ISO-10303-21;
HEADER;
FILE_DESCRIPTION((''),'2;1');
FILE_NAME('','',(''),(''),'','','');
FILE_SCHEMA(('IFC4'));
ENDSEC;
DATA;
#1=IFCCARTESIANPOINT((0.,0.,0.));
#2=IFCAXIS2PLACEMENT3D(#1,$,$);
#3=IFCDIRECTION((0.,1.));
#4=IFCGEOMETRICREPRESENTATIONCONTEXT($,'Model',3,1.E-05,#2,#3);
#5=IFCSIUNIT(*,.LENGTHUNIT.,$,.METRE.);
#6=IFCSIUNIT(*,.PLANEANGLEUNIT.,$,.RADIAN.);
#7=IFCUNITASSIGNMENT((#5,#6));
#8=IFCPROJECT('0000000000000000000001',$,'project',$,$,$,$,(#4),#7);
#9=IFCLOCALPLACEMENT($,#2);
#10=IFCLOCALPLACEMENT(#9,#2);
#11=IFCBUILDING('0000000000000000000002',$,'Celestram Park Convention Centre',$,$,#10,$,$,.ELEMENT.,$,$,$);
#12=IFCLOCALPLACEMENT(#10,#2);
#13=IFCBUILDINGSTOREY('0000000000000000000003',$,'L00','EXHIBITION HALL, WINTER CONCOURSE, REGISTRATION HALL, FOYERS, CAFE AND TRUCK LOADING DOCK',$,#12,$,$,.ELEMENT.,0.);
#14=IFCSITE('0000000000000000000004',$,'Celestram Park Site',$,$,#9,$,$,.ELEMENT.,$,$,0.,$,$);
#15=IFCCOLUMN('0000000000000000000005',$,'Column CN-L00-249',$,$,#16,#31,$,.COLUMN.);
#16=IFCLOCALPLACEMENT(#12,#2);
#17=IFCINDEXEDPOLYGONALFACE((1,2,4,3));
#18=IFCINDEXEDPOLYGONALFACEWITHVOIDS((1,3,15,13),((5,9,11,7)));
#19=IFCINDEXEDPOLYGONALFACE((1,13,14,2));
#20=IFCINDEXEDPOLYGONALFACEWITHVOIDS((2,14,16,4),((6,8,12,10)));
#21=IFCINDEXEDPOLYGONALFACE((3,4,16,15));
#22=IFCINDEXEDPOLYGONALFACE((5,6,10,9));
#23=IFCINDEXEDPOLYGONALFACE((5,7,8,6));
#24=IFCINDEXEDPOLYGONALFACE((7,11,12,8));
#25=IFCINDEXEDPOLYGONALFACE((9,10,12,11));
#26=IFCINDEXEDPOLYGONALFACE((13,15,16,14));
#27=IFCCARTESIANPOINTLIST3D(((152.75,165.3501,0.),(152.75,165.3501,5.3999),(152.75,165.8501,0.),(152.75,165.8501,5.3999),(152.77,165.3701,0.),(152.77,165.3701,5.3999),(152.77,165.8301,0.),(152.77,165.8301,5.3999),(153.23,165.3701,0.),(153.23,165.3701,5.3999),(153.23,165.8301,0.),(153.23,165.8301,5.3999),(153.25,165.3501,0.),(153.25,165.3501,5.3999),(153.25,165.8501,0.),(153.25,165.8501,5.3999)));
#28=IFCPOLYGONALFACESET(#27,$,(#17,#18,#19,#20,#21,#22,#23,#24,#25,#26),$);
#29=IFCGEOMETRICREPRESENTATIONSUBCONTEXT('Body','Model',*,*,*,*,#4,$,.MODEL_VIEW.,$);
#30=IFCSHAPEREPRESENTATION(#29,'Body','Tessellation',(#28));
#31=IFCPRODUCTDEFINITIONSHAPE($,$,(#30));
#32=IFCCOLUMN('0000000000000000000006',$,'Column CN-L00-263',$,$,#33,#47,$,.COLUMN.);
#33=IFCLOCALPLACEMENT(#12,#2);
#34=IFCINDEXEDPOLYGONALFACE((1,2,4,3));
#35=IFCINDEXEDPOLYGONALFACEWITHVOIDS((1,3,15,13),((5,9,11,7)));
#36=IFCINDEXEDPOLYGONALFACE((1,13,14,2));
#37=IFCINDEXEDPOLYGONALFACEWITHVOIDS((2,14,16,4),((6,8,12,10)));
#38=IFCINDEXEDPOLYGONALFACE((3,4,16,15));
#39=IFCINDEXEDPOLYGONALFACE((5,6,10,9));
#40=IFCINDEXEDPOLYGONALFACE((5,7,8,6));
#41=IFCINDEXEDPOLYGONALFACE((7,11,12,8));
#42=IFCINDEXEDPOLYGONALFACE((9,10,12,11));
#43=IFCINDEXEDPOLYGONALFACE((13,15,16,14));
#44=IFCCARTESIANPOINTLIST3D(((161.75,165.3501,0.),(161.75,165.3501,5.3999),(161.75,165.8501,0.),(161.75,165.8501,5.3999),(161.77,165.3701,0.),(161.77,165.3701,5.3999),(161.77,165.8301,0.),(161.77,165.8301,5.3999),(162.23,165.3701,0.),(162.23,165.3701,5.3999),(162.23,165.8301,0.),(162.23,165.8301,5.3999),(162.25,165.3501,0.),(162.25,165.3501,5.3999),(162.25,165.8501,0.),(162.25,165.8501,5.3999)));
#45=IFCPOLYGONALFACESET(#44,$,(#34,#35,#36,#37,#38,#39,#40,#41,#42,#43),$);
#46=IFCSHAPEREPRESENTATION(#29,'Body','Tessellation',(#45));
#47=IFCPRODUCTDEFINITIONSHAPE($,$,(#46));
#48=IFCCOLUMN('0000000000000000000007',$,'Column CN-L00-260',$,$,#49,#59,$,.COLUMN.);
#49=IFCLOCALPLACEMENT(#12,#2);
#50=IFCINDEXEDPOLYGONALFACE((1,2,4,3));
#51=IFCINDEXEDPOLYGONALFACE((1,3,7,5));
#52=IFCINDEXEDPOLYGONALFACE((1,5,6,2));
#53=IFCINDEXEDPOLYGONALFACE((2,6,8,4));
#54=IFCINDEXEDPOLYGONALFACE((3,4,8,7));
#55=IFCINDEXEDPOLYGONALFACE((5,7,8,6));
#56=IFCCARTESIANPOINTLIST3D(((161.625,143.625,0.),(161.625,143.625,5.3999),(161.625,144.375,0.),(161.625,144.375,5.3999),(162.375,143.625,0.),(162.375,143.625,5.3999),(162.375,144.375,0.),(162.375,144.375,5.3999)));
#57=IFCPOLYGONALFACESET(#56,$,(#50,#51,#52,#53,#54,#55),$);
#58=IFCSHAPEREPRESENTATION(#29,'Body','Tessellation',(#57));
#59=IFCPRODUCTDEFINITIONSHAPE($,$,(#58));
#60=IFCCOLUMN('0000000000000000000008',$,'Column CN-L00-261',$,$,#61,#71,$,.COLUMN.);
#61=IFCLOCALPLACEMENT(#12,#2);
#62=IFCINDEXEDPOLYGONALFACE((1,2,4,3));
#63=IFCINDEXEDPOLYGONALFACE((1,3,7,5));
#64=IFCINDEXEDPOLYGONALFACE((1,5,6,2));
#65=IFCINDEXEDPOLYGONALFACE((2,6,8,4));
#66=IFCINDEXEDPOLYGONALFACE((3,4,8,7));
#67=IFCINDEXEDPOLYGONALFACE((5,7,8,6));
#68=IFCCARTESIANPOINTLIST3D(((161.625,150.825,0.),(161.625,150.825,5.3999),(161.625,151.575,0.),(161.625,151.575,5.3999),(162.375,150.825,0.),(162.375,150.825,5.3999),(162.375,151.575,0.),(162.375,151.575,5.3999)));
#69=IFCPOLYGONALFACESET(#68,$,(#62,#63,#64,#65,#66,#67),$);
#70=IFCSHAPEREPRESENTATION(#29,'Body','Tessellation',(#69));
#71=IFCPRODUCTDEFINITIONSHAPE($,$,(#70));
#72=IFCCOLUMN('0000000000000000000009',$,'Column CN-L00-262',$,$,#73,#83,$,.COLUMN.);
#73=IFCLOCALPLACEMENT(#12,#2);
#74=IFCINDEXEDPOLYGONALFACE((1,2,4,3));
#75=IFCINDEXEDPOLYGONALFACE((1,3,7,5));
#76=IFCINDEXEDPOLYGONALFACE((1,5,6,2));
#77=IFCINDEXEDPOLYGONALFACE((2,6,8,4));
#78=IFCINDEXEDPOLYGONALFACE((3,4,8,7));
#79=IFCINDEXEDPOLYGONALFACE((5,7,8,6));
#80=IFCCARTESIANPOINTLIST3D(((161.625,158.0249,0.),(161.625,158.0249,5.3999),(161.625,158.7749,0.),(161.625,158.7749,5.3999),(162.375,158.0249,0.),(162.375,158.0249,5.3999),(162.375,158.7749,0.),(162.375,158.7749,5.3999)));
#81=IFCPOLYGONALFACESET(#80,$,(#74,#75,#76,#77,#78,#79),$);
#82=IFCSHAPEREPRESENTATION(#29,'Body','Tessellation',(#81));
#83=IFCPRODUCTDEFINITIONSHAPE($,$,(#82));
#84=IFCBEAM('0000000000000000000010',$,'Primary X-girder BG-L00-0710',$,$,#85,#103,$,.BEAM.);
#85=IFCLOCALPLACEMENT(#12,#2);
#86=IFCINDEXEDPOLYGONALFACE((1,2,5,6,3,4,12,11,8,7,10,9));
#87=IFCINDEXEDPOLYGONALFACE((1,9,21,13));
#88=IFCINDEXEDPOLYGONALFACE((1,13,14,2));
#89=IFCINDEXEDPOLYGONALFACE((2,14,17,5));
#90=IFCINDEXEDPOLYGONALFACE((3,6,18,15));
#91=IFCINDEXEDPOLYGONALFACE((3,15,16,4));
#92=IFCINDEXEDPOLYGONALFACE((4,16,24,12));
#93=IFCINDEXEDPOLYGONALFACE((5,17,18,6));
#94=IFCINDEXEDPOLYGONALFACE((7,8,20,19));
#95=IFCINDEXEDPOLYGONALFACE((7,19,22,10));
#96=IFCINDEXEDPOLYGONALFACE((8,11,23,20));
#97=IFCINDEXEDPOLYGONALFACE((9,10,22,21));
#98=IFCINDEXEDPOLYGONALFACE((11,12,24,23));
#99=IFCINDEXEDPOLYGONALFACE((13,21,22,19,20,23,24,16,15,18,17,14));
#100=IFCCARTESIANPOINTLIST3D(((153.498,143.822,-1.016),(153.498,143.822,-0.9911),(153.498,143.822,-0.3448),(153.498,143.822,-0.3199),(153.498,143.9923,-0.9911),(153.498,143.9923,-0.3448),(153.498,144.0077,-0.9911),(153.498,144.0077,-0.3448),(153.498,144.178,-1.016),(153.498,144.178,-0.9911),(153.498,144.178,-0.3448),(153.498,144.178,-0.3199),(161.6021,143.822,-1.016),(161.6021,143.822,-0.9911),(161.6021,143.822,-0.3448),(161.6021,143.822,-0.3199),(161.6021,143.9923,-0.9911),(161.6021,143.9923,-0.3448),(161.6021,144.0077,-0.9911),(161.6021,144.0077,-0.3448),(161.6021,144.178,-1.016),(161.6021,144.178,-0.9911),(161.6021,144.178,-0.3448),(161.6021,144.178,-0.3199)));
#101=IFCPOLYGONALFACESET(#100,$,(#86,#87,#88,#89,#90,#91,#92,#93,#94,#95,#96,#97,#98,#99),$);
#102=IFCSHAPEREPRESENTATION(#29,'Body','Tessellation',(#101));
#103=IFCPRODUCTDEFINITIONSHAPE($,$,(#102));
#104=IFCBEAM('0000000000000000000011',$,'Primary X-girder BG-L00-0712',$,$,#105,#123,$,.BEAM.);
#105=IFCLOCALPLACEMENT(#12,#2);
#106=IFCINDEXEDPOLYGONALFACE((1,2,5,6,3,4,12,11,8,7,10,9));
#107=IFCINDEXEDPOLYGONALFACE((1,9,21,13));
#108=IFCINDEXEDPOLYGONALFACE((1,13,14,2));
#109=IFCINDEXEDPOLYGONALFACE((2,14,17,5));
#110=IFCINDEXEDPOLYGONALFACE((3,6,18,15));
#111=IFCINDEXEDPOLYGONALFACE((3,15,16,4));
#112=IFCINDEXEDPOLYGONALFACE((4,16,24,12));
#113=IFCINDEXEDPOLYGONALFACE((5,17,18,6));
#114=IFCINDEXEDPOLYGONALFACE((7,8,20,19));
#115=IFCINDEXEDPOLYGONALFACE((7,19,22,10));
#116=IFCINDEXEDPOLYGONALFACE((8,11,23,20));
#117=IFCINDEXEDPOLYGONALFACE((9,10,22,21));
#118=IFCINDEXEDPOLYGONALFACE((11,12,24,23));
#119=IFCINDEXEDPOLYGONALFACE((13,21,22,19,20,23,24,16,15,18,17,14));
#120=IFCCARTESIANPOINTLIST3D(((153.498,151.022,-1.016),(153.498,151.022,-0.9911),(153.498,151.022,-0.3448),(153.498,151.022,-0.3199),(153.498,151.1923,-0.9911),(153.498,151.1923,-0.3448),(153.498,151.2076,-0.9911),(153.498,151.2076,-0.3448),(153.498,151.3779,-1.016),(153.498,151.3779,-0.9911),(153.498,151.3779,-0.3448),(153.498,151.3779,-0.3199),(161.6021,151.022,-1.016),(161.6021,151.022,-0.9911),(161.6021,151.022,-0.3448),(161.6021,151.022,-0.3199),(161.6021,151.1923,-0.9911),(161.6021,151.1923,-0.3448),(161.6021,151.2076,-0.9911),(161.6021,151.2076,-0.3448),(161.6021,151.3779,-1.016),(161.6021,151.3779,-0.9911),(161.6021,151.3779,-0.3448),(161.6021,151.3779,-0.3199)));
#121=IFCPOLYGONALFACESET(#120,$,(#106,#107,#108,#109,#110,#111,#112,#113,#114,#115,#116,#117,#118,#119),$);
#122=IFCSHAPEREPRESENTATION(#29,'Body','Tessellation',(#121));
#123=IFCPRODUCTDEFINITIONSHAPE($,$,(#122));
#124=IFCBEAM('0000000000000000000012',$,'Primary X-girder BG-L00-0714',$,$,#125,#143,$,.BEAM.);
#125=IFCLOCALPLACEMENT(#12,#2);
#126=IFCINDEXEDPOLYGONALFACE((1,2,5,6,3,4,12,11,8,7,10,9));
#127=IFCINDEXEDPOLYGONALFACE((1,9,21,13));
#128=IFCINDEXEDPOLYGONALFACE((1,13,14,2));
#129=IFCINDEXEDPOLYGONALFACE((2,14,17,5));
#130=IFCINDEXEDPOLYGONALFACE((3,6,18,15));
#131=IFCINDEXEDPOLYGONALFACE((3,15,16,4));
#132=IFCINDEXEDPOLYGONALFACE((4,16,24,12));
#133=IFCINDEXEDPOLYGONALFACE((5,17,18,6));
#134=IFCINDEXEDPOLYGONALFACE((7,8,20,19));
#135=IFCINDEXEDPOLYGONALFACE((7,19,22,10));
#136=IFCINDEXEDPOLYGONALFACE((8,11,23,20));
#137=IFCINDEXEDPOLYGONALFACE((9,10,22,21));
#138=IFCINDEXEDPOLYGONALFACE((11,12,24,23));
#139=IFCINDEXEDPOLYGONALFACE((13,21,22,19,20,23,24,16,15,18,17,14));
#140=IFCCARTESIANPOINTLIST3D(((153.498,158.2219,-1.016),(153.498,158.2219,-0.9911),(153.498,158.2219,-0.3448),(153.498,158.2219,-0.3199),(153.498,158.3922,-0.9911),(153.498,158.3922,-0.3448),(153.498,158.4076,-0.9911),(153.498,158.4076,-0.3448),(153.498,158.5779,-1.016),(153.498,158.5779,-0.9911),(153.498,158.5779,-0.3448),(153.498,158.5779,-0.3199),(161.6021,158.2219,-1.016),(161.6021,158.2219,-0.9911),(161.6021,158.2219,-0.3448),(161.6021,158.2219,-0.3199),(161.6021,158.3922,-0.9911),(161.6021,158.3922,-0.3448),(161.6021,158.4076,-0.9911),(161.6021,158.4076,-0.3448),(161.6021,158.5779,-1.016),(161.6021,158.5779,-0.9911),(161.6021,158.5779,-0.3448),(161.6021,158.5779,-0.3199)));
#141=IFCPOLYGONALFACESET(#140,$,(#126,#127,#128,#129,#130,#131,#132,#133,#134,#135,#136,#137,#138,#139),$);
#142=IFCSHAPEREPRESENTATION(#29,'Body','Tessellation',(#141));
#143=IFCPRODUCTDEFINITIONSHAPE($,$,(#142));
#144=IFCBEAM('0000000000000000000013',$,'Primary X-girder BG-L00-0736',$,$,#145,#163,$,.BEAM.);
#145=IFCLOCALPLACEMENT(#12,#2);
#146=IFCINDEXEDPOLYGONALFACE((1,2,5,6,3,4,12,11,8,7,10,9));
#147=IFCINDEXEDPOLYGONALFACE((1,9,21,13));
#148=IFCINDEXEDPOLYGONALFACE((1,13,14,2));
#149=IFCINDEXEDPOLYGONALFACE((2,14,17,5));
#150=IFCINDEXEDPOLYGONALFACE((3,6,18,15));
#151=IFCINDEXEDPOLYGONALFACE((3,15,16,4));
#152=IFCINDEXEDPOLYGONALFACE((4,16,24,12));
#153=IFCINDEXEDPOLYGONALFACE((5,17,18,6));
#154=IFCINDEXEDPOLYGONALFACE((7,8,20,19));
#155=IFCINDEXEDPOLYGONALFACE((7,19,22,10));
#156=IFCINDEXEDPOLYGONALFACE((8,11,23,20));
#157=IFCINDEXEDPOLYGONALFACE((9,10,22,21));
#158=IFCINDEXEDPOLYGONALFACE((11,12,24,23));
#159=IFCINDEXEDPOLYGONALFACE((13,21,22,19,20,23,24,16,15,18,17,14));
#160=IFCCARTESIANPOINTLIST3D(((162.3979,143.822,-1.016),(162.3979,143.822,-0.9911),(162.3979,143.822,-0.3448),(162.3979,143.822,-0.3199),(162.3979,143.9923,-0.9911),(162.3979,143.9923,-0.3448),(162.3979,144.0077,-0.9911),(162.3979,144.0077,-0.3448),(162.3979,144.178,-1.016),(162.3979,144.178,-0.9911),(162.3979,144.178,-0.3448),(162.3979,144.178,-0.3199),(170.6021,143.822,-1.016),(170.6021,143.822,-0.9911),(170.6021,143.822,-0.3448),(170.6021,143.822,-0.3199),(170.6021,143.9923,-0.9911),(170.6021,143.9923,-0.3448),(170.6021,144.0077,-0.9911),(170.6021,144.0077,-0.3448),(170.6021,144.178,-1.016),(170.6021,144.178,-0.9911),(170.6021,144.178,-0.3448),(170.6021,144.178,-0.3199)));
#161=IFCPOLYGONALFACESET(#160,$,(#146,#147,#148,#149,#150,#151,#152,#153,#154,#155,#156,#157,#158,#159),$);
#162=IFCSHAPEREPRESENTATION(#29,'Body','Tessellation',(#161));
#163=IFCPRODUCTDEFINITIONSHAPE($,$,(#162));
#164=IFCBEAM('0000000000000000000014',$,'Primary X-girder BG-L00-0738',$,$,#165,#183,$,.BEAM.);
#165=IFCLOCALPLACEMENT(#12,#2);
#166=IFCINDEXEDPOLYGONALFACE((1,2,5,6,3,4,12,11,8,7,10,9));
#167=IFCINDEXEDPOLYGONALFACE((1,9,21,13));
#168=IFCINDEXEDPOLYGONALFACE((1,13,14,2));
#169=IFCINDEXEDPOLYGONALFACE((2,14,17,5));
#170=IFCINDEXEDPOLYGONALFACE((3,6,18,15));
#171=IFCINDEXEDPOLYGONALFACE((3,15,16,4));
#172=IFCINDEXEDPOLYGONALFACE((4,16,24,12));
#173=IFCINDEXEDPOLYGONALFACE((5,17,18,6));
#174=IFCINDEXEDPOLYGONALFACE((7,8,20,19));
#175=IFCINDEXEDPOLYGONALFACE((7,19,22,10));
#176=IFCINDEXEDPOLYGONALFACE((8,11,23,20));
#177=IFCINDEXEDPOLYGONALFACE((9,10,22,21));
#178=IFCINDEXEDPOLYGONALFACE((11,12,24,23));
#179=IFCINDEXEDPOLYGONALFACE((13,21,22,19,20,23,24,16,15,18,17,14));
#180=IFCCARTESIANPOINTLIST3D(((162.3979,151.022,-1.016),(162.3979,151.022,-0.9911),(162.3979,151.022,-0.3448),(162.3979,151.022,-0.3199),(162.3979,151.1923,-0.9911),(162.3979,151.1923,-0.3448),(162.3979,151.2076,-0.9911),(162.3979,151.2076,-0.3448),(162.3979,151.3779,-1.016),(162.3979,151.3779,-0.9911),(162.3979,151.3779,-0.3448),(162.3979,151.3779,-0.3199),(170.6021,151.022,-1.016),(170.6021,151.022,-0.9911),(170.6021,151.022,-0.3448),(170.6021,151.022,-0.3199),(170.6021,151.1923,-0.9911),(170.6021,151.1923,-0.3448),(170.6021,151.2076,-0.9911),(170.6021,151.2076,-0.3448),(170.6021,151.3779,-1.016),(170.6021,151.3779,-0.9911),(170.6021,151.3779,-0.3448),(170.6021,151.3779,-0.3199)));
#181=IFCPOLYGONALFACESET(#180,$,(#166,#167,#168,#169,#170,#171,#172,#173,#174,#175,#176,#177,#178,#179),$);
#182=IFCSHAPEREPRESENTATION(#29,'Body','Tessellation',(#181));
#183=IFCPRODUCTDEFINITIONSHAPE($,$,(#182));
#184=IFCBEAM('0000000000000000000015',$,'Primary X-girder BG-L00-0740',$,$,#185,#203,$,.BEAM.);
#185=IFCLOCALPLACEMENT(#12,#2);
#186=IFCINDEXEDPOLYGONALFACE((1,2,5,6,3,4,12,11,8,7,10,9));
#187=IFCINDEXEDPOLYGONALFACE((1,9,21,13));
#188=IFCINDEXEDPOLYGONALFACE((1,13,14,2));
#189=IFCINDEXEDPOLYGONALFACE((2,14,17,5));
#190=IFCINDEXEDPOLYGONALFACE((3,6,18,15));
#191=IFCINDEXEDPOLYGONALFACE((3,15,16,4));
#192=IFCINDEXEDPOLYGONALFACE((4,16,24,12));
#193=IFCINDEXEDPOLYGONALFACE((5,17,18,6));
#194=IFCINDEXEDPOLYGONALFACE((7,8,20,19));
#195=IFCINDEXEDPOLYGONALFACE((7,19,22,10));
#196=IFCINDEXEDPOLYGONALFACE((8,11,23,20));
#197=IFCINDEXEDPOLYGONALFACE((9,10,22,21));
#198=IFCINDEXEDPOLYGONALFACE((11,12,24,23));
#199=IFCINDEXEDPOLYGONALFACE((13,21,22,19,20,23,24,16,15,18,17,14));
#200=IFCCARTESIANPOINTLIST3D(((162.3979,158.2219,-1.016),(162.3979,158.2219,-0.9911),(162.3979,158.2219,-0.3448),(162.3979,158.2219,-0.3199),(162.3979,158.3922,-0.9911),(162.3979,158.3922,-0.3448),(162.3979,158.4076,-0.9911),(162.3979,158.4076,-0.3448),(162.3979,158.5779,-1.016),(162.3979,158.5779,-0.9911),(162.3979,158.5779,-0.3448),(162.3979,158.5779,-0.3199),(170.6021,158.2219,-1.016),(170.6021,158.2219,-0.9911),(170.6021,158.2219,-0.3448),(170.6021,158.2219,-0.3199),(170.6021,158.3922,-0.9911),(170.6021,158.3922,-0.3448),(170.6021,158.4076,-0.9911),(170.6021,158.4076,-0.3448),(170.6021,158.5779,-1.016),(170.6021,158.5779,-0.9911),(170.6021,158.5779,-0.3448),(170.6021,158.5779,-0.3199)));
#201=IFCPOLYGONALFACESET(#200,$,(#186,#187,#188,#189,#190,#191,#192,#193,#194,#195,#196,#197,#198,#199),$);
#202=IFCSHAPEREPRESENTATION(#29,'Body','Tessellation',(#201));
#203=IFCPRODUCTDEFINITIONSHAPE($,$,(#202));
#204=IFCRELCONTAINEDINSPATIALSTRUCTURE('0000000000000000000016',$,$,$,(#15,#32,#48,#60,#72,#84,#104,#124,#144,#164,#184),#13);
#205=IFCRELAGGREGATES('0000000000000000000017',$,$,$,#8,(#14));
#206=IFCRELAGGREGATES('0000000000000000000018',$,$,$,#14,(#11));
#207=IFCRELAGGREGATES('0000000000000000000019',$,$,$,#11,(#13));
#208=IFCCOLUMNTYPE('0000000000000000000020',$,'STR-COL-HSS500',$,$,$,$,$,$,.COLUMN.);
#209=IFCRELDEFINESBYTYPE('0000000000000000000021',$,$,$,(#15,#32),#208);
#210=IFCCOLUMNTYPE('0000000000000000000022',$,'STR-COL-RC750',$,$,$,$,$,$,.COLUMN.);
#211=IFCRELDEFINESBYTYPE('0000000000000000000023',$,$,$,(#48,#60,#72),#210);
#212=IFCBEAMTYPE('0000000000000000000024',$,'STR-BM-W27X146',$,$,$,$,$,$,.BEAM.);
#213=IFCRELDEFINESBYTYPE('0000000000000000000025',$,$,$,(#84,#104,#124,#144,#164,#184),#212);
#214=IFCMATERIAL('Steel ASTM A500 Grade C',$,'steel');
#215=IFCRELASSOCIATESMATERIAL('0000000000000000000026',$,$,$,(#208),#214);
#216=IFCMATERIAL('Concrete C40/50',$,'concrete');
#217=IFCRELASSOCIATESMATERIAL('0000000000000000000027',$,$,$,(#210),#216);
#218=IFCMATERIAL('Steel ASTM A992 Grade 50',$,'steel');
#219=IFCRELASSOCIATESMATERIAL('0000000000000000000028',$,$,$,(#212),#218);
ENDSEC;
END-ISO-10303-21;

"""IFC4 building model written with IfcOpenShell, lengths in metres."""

from ifc_helpers import new_model, si_unit, direction, frame, origin, origin_2d, place, context, subcontext, project, spatial, rectangle, hollow_rectangle, i_section, extrude, material, material_profile, profile_set, type_object, element, save


model = new_model("IFC4")

# Units and contexts
model_context = context("Model", 3, precision=1e-05, world=origin(), true_north=direction((0.0, 1.0)))
body_context = subcontext(model_context, "Body", "Model", "MODEL_VIEW")
ifc_project = project(units=[si_unit("LENGTHUNIT", "METRE"), si_unit("PLANEANGLEUNIT", "RADIAN")], contexts=[model_context])

# Site, building, storey
site_placement = place(None, origin())
site = spatial("IfcSite", under=ifc_project, at=site_placement, Name="Celestram Park Site", CompositionType="ELEMENT", RefElevation=0.0)
building_placement = place(site_placement, origin())
building = spatial("IfcBuilding", under=site, at=building_placement, Name="Celestram Park Convention Centre", CompositionType="ELEMENT")
storey_placement = place(building_placement, origin())
storey = spatial("IfcBuildingStorey", under=building, at=storey_placement, Name="L00", Description="EXHIBITION HALL, WINTER CONCOURSE, REGISTRATION HALL, FOYERS, CAFE AND TRUCK LOADING DOCK", CompositionType="ELEMENT", Elevation=0.0)

# Columns
ifc_material_1 = material(Name="Steel ASTM A500 Grade C", Category="steel")
ifc_material_profile_1 = material_profile(ifc_material_1, hollow_rectangle(XDim=0.5, YDim=0.5, WallThickness=0.02, at=origin_2d()), Name="HSS500X500X20")
ifc_profile_set_1 = profile_set([ifc_material_profile_1], Name="Steel ASTM A500 Grade C")
column_type_1 = type_object("IfcColumnType", Name="STR-COL-HSS500", PredefinedType="COLUMN", material=ifc_profile_set_1)
for number, where, z_axis, x_axis, name in (
    (1, (153.0, 165.6001, 0.0), (0.0, 0.0, 1.0), (1.0, 0.0, 0.0), "Column CN-L00-249"),
    (2, (162.0, 165.6001, 0.0), (0.0, 0.0, 1.0), (1.0, 0.0, 0.0), "Column CN-L00-263"),
):
    element("IfcColumn", number, at=place(storey_placement, frame(where, z_axis=z_axis, x_axis=x_axis)), inside=storey, type_object=column_type_1, Name=name, PredefinedType="COLUMN", context=body_context, shape_type="SweptSolid", body=[
        extrude(hollow_rectangle(XDim=0.5, YDim=0.5, WallThickness=0.02, at=origin_2d()), origin(), (0.0, 0.0, 1.0), 5.3999),
    ])
ifc_material_2 = material(Name="Concrete C40/50", Category="concrete")
ifc_material_profile_2 = material_profile(ifc_material_2, rectangle(XDim=0.75, YDim=0.75, at=origin_2d()), Name="RC750X750")
ifc_profile_set_2 = profile_set([ifc_material_profile_2], Name="Concrete C40/50")
column_type_2 = type_object("IfcColumnType", Name="STR-COL-RC750", PredefinedType="COLUMN", material=ifc_profile_set_2)
for number, where, z_axis, x_axis, name in (
    (3, (162.0, 144.0, 0.0), (0.0, 0.0, 1.0), (1.0, 0.0, 0.0), "Column CN-L00-260"),
    (4, (162.0, 151.2, 0.0), (0.0, 0.0, 1.0), (1.0, 0.0, 0.0), "Column CN-L00-261"),
    (5, (162.0, 158.3999, 0.0), (0.0, 0.0, 1.0), (1.0, 0.0, 0.0), "Column CN-L00-262"),
):
    element("IfcColumn", number, at=place(storey_placement, frame(where, z_axis=z_axis, x_axis=x_axis)), inside=storey, type_object=column_type_2, Name=name, PredefinedType="COLUMN", context=body_context, shape_type="SweptSolid", body=[
        extrude(rectangle(XDim=0.75, YDim=0.75, at=origin_2d()), origin(), (0.0, 0.0, 1.0), 5.3999),
    ])

# Beams
ifc_material_3 = material(Name="Steel ASTM A992 Grade 50", Category="steel")
ifc_material_profile_3 = material_profile(ifc_material_3, i_section(OverallWidth=0.356, OverallDepth=0.696, WebThickness=0.0154, FlangeThickness=0.0249, at=origin_2d()), Name="W27X146")
ifc_profile_set_3 = profile_set([ifc_material_profile_3], Name="Steel ASTM A992 Grade 50")
beam_type_1 = type_object("IfcBeamType", Name="STR-BM-W27X146", PredefinedType="BEAM", material=ifc_profile_set_3)
for number, where, z_axis, x_axis, name in (
    (6, (153.498, 144.0, -0.668), (1.0, 0.0, 0.0), (0.0, 1.0, 0.0), "Primary X-girder BG-L00-0710"),
    (7, (153.498, 151.2, -0.668), (1.0, 0.0, 0.0), (0.0, 1.0, 0.0), "Primary X-girder BG-L00-0712"),
    (8, (153.498, 158.3999, -0.668), (1.0, 0.0, 0.0), (0.0, 1.0, 0.0), "Primary X-girder BG-L00-0714"),
):
    element("IfcBeam", number, at=place(storey_placement, frame(where, z_axis=z_axis, x_axis=x_axis)), inside=storey, type_object=beam_type_1, Name=name, PredefinedType="BEAM", context=body_context, shape_type="SweptSolid", body=[
        extrude(i_section(OverallWidth=0.356, OverallDepth=0.696, WebThickness=0.0154, FlangeThickness=0.0249, at=origin_2d()), origin(), (0.0, 0.0, 1.0), 8.104),
    ])
for number, where, z_axis, x_axis, name in (
    (9, (162.3979, 144.0, -0.668), (1.0, 0.0, 0.0), (0.0, 1.0, 0.0), "Primary X-girder BG-L00-0736"),
    (10, (162.3979, 151.2, -0.668), (1.0, 0.0, 0.0), (0.0, 1.0, 0.0), "Primary X-girder BG-L00-0738"),
    (11, (162.3979, 158.3999, -0.668), (1.0, 0.0, 0.0), (0.0, 1.0, 0.0), "Primary X-girder BG-L00-0740"),
):
    element("IfcBeam", number, at=place(storey_placement, frame(where, z_axis=z_axis, x_axis=x_axis)), inside=storey, type_object=beam_type_1, Name=name, PredefinedType="BEAM", context=body_context, shape_type="SweptSolid", body=[
        extrude(i_section(OverallWidth=0.356, OverallDepth=0.696, WebThickness=0.0154, FlangeThickness=0.0249, at=origin_2d()), origin(), (0.0, 0.0, 1.0), 8.2041),
    ])

save(model, "model.ifc")
